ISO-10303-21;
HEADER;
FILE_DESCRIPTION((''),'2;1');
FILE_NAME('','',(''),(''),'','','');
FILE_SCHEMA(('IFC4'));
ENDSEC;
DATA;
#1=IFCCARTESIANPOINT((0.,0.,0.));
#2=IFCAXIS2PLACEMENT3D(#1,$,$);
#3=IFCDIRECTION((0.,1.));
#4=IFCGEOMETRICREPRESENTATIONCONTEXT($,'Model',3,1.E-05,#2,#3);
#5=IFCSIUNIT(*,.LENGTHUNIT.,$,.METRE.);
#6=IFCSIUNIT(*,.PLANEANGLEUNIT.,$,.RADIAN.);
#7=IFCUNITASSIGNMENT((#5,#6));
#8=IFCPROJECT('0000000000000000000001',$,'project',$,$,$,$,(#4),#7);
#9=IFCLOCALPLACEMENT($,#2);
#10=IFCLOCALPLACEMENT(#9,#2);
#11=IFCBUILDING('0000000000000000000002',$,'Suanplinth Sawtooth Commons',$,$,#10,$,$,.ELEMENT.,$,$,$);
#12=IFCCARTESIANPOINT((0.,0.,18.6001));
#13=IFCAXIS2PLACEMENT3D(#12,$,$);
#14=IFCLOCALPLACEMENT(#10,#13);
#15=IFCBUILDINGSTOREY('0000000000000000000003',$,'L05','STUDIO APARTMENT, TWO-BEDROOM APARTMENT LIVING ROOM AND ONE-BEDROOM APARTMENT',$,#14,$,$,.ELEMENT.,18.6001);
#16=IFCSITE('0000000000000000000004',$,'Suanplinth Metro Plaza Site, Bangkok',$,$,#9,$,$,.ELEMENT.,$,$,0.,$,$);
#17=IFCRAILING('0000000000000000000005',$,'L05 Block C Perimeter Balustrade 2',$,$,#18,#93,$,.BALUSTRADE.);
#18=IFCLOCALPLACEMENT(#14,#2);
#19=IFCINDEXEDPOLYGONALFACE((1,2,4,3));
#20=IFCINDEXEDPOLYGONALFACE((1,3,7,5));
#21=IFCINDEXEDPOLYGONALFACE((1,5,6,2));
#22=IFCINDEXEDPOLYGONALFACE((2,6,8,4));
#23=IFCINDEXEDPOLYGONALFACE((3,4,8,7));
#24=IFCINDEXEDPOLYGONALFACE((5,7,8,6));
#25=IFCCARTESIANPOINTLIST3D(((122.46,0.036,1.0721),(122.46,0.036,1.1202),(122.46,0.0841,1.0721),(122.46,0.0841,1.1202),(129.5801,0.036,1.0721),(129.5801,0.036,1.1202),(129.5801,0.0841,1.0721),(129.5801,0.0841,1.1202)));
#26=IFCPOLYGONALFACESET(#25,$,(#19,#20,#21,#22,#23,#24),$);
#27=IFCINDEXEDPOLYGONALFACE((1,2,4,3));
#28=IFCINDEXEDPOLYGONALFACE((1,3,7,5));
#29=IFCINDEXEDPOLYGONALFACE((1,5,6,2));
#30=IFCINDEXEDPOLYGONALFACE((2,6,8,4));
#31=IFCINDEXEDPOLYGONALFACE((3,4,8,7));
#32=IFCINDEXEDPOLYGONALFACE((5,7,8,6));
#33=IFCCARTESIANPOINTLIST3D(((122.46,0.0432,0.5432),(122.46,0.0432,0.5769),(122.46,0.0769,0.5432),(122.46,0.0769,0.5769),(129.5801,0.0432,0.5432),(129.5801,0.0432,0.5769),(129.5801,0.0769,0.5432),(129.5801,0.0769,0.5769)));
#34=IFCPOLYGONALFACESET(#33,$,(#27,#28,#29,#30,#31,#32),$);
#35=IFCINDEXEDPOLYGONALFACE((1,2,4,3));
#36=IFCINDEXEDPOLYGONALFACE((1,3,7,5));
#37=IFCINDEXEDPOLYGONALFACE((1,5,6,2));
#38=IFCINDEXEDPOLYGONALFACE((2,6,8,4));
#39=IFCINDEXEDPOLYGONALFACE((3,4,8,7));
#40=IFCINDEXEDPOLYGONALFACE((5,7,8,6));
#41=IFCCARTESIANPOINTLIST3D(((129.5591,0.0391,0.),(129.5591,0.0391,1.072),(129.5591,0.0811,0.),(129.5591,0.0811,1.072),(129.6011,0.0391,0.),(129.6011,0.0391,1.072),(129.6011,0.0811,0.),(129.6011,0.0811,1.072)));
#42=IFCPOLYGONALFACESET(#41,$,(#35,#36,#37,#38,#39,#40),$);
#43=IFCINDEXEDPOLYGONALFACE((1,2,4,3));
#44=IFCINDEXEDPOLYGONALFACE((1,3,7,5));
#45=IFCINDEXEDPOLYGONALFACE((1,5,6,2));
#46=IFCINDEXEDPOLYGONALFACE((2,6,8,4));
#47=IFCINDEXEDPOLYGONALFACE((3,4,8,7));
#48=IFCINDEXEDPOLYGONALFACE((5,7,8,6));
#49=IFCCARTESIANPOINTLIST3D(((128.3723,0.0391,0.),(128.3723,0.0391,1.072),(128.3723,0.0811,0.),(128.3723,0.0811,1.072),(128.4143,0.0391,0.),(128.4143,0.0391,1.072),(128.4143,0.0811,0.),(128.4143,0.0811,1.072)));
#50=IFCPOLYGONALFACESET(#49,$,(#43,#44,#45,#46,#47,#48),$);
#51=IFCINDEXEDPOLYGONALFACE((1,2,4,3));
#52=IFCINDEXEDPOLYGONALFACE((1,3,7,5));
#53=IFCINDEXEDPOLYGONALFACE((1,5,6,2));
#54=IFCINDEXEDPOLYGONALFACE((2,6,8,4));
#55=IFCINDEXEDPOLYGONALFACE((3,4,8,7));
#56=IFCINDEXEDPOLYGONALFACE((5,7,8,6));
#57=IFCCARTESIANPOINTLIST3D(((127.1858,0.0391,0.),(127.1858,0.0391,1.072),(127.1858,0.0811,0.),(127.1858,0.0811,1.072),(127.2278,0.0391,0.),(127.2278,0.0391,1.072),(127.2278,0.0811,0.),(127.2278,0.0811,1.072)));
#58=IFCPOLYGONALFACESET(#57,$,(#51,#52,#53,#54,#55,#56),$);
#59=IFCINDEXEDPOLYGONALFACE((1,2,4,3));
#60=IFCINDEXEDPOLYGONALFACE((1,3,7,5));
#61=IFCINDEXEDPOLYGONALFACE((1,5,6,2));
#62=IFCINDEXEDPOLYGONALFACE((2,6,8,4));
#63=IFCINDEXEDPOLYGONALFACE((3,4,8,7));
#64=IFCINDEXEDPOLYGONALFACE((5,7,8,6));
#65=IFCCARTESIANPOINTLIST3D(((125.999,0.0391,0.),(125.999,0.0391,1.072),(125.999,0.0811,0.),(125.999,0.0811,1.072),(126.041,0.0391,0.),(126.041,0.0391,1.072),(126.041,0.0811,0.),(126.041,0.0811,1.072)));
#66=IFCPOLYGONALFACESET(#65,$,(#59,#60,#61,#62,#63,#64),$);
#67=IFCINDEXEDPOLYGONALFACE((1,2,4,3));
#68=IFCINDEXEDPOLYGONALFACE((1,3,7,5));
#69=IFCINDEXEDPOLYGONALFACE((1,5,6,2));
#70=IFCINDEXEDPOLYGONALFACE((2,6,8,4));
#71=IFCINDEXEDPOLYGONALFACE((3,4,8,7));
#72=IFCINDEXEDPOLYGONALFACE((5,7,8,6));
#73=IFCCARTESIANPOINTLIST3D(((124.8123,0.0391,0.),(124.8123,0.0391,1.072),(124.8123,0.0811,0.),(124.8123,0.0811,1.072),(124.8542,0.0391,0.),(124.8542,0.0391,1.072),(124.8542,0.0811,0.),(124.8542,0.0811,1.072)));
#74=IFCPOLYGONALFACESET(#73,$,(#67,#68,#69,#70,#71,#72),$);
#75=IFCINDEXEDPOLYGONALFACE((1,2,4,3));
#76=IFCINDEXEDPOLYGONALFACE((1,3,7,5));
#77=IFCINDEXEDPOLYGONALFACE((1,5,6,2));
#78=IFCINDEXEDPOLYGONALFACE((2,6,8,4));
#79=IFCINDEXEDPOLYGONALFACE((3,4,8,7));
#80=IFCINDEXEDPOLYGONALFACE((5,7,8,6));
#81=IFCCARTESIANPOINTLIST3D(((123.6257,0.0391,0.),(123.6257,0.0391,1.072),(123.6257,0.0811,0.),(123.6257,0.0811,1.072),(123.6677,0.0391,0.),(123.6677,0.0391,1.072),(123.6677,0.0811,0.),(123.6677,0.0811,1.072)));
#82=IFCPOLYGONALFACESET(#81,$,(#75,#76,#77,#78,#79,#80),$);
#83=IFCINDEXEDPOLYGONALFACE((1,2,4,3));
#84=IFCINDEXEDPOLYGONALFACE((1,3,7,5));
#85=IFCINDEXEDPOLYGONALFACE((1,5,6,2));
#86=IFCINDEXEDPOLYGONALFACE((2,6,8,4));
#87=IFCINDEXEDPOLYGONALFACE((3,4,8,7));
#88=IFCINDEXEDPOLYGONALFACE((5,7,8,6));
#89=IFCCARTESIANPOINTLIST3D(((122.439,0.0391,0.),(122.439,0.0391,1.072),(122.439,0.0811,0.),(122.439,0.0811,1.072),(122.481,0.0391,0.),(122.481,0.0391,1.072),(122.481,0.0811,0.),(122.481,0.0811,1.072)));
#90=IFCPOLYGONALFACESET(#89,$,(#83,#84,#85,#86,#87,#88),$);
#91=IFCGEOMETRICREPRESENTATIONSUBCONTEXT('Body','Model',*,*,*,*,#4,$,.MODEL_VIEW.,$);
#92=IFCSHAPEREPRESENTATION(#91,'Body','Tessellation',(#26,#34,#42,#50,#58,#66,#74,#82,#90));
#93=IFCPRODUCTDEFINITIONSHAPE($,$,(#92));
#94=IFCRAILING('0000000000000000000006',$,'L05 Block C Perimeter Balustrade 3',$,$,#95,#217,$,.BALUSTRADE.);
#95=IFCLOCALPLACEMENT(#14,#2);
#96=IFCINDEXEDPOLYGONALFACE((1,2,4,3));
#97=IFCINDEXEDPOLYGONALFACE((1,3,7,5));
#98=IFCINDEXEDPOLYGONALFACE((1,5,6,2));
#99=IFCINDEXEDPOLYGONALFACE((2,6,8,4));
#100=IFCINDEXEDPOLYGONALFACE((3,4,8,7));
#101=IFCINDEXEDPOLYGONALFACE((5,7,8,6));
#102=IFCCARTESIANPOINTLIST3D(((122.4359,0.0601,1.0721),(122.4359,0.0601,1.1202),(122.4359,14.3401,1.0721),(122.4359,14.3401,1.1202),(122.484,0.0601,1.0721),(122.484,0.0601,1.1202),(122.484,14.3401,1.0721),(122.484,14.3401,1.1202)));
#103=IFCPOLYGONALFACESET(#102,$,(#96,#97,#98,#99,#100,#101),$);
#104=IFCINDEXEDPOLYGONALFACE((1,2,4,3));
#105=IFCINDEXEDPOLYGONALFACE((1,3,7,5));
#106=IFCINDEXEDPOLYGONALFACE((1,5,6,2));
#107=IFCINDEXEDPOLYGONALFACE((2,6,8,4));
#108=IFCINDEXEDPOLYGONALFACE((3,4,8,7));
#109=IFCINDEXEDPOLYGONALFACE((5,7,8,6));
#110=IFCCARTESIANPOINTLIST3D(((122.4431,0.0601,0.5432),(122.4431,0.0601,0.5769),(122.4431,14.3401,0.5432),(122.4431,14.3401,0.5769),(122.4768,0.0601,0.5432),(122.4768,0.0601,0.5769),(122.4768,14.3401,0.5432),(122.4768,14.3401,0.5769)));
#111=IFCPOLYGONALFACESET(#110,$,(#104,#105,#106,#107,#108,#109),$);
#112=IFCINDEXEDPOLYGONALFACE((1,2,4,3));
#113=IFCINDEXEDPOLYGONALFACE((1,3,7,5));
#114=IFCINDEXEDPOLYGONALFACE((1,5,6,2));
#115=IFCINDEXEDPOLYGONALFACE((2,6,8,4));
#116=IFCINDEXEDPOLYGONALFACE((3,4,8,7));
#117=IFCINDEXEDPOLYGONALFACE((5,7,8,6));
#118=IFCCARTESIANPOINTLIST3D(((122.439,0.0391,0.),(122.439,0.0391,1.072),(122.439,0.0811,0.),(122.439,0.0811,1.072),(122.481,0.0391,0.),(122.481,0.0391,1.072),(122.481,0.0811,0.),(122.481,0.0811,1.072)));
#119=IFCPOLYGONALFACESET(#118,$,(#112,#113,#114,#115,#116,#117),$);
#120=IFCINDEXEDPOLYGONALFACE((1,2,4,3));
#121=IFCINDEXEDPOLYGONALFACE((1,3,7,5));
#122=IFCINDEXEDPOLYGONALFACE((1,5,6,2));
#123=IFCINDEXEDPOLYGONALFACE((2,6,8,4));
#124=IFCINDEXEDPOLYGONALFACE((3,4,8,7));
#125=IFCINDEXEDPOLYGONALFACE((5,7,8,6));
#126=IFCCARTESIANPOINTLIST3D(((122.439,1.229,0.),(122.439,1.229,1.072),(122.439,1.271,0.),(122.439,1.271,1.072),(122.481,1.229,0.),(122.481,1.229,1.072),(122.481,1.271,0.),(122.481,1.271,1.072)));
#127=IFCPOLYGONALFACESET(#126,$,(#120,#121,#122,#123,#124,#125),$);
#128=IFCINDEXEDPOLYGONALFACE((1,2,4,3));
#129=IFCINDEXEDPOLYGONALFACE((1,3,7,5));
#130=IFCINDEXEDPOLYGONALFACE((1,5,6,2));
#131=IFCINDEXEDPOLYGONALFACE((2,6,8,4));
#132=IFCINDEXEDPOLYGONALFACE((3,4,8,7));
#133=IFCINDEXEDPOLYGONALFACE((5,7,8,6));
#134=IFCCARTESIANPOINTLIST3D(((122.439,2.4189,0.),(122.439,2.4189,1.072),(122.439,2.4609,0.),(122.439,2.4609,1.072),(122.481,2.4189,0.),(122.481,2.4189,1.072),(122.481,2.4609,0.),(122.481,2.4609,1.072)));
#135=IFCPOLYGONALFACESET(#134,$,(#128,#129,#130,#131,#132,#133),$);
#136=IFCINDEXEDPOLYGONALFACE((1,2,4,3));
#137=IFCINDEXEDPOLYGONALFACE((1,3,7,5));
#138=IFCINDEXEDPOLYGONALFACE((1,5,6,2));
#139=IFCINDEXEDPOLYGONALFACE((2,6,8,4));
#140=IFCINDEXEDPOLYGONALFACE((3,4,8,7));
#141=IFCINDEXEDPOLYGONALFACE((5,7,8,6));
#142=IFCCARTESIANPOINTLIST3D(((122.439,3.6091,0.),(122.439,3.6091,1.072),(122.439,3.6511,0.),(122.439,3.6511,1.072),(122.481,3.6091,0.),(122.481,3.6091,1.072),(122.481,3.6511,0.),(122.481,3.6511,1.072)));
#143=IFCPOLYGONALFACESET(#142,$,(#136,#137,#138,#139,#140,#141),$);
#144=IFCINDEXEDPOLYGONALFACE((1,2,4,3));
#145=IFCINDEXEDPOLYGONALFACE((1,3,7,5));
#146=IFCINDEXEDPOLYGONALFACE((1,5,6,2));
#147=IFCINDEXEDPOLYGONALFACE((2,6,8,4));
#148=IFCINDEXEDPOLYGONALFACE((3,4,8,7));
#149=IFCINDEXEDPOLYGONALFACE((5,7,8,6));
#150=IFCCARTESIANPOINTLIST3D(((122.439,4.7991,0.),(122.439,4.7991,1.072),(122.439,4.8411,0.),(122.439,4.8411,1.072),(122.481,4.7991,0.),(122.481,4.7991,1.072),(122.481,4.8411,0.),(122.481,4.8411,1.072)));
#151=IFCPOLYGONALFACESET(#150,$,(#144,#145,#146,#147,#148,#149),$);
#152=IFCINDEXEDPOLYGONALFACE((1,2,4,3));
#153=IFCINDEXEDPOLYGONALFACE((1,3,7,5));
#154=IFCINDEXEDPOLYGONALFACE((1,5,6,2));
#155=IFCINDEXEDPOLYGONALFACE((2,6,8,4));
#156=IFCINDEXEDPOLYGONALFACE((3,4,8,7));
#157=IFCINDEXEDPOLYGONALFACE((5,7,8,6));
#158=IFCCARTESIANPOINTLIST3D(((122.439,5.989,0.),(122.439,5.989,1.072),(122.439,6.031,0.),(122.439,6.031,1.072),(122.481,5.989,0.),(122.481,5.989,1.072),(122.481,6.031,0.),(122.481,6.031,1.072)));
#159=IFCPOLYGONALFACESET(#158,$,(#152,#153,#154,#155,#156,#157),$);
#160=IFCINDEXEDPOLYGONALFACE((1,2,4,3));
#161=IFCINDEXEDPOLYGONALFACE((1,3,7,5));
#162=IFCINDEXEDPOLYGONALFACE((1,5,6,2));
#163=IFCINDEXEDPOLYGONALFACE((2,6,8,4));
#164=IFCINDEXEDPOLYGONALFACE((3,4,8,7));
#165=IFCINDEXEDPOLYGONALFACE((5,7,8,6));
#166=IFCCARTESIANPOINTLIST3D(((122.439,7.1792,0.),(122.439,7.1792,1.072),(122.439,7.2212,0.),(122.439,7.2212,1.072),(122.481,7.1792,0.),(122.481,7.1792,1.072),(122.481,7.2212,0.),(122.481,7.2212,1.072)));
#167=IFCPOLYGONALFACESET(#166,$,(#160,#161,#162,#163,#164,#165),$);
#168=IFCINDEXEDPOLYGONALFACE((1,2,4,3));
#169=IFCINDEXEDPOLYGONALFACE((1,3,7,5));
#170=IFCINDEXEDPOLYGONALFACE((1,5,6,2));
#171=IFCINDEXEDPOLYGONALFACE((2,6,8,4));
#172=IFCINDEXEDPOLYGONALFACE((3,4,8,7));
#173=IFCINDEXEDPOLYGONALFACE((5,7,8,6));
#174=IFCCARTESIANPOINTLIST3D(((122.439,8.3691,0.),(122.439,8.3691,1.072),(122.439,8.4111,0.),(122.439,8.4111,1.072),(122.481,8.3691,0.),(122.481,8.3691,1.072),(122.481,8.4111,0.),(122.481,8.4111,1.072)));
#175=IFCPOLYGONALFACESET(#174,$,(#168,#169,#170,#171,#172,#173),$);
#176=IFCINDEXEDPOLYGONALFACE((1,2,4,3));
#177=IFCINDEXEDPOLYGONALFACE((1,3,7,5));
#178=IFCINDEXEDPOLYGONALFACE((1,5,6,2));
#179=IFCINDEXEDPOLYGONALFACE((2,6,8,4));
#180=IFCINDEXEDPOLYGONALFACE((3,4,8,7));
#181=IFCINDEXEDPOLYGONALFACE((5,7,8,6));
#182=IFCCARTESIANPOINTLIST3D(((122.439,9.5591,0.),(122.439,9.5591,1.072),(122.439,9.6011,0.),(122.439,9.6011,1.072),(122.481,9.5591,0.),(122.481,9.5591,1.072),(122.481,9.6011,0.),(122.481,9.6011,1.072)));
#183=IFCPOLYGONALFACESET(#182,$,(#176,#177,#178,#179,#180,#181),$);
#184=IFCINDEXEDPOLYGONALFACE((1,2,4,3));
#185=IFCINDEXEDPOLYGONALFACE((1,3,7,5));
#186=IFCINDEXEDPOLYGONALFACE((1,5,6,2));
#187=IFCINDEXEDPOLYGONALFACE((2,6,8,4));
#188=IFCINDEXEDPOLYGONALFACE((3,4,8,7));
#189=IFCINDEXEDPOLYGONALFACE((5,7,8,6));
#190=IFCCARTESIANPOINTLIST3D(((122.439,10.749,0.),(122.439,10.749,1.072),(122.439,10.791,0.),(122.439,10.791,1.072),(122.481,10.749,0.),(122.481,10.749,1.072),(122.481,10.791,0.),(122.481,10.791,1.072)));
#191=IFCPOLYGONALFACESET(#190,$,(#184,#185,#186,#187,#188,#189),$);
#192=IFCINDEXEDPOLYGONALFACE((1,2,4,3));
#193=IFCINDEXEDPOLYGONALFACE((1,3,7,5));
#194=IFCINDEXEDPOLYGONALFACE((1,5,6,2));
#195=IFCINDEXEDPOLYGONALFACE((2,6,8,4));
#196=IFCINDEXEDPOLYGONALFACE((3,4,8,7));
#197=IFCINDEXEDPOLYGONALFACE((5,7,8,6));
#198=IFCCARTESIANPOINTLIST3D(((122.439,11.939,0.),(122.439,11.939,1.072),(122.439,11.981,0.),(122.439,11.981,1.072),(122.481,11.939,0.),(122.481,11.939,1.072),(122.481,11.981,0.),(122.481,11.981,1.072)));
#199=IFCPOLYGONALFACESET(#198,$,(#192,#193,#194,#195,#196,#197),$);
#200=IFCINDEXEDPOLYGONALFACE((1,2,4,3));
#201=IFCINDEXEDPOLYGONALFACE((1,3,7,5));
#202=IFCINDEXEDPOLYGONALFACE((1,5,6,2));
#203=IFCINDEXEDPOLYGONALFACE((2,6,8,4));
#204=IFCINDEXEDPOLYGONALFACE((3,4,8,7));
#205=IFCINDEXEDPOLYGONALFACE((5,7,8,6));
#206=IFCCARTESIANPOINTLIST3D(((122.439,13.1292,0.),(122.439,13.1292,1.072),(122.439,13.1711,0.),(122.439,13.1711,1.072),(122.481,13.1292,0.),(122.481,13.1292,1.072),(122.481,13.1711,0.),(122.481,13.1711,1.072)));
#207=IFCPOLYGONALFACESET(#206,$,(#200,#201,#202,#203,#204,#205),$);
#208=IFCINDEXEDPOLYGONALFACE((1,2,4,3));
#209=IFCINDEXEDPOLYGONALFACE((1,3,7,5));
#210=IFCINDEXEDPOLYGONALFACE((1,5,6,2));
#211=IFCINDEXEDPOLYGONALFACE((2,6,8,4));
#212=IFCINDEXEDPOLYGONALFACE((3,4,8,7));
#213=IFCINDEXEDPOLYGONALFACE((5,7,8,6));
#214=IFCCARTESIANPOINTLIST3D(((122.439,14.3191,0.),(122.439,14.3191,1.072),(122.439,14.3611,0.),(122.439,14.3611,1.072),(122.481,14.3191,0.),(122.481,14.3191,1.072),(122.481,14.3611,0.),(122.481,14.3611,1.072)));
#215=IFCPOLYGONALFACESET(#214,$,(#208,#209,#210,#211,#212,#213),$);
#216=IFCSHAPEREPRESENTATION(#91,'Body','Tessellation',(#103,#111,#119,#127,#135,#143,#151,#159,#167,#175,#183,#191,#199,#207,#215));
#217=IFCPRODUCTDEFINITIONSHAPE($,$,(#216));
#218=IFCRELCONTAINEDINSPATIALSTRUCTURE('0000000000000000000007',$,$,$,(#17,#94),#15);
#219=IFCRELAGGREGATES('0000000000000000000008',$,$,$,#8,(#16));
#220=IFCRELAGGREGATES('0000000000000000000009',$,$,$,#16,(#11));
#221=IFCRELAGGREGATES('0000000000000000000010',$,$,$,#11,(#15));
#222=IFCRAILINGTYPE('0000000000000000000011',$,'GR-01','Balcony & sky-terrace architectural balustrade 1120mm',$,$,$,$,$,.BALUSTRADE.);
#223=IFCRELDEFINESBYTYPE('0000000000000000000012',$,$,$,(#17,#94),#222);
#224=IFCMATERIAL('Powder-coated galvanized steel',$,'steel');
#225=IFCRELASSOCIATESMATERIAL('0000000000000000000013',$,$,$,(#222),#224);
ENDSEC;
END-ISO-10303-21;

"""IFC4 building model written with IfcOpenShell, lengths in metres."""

from ifc_helpers import new_model, si_unit, direction, frame, origin, origin_2d, place, context, subcontext, project, spatial, rectangle, extrude, material, type_object, element, save


model = new_model("IFC4")

# Units and contexts
model_context = context("Model", 3, precision=1e-05, world=origin(), true_north=direction((0.0, 1.0)))
body_context = subcontext(model_context, "Body", "Model", "MODEL_VIEW")
ifc_project = project(units=[si_unit("LENGTHUNIT", "METRE"), si_unit("PLANEANGLEUNIT", "RADIAN")], contexts=[model_context])

# Site, building, storey
site_placement = place(None, origin())
site = spatial("IfcSite", under=ifc_project, at=site_placement, Name="Suanplinth Metro Plaza Site, Bangkok", CompositionType="ELEMENT", RefElevation=0.0)
building_placement = place(site_placement, origin())
building = spatial("IfcBuilding", under=site, at=building_placement, Name="Suanplinth Sawtooth Commons", CompositionType="ELEMENT")
storey_placement = place(building_placement, frame((0.0, 0.0, 18.6001)))
storey = spatial("IfcBuildingStorey", under=building, at=storey_placement, Name="L05", Description="STUDIO APARTMENT, TWO-BEDROOM APARTMENT LIVING ROOM AND ONE-BEDROOM APARTMENT", CompositionType="ELEMENT", Elevation=18.6001)

# Railings
ifc_material_1 = material(Name="Powder-coated galvanized steel", Category="steel")
railing_type = type_object("IfcRailingType", Name="GR-01", Description="Balcony & sky-terrace architectural balustrade 1120mm", PredefinedType="BALUSTRADE", material=ifc_material_1)
railing_1_placement = place(storey_placement, frame((129.5801, 0.0601, 0.0)))
element("IfcRailing", 1, at=railing_1_placement, inside=storey, type_object=railing_type, Name="L05 Block C Perimeter Balustrade 2", PredefinedType="BALUSTRADE", context=body_context, shape_type="SweptSolid", body=[
    extrude(rectangle(XDim=0.0481, YDim=0.0481, at=origin_2d()), frame((0.0, 0.0, 1.0962), z_axis=(-1.0, 0.0, 0.0), x_axis=(0.0, -1.0, 0.0)), (0.0, 0.0, 1.0), 7.1201),
    extrude(rectangle(XDim=0.0337, YDim=0.0337, at=origin_2d()), frame((0.0, 0.0, 0.5601), z_axis=(-1.0, 0.0, 0.0), x_axis=(0.0, -1.0, 0.0)), (0.0, 0.0, 1.0), 7.1201),
    extrude(rectangle(XDim=0.042, YDim=0.042, at=origin_2d()), origin(), (0.0, 0.0, 1.0), 1.072),
    extrude(rectangle(XDim=0.042, YDim=0.042, at=origin_2d()), frame((-1.1868, 0.0, 0.0)), (0.0, 0.0, 1.0), 1.072),
    extrude(rectangle(XDim=0.042, YDim=0.042, at=origin_2d()), frame((-2.3733, 0.0, 0.0)), (0.0, 0.0, 1.0), 1.072),
    extrude(rectangle(XDim=0.042, YDim=0.042, at=origin_2d()), frame((-3.5601, 0.0, 0.0)), (0.0, 0.0, 1.0), 1.072),
    extrude(rectangle(XDim=0.042, YDim=0.042, at=origin_2d()), frame((-4.7468, 0.0, 0.0)), (0.0, 0.0, 1.0), 1.072),
    extrude(rectangle(XDim=0.042, YDim=0.042, at=origin_2d()), frame((-5.9333, 0.0, 0.0)), (0.0, 0.0, 1.0), 1.072),
    extrude(rectangle(XDim=0.042, YDim=0.042, at=origin_2d()), frame((-7.1201, 0.0, 0.0)), (0.0, 0.0, 1.0), 1.072),
])
railing_2_placement = place(storey_placement, frame((122.46, 0.0601, 0.0)))
element("IfcRailing", 2, at=railing_2_placement, inside=storey, type_object=railing_type, Name="L05 Block C Perimeter Balustrade 3", PredefinedType="BALUSTRADE", context=body_context, shape_type="SweptSolid", body=[
    extrude(rectangle(XDim=0.0481, YDim=0.0481, at=origin_2d()), frame((0.0, 0.0, 1.0962), z_axis=(0.0, 1.0, 0.0), x_axis=(-1.0, 0.0, 0.0)), (0.0, 0.0, 1.0), 14.28),
    extrude(rectangle(XDim=0.0337, YDim=0.0337, at=origin_2d()), frame((0.0, 0.0, 0.5601), z_axis=(0.0, 1.0, 0.0), x_axis=(-1.0, 0.0, 0.0)), (0.0, 0.0, 1.0), 14.28),
    extrude(rectangle(XDim=0.042, YDim=0.042, at=origin_2d()), origin(), (0.0, 0.0, 1.0), 1.072),
    extrude(rectangle(XDim=0.042, YDim=0.042, at=origin_2d()), frame((0.0, 1.1899, 0.0)), (0.0, 0.0, 1.0), 1.072),
    extrude(rectangle(XDim=0.042, YDim=0.042, at=origin_2d()), frame((0.0, 2.3799, 0.0)), (0.0, 0.0, 1.0), 1.072),
    extrude(rectangle(XDim=0.042, YDim=0.042, at=origin_2d()), frame((0.0, 3.5701, 0.0)), (0.0, 0.0, 1.0), 1.072),
    extrude(rectangle(XDim=0.042, YDim=0.042, at=origin_2d()), frame((0.0, 4.76, 0.0)), (0.0, 0.0, 1.0), 1.072),
    extrude(rectangle(XDim=0.042, YDim=0.042, at=origin_2d()), frame((0.0, 5.95, 0.0)), (0.0, 0.0, 1.0), 1.072),
    extrude(rectangle(XDim=0.042, YDim=0.042, at=origin_2d()), frame((0.0, 7.1401, 0.0)), (0.0, 0.0, 1.0), 1.072),
    extrude(rectangle(XDim=0.042, YDim=0.042, at=origin_2d()), frame((0.0, 8.3301, 0.0)), (0.0, 0.0, 1.0), 1.072),
    extrude(rectangle(XDim=0.042, YDim=0.042, at=origin_2d()), frame((0.0, 9.52, 0.0)), (0.0, 0.0, 1.0), 1.072),
    extrude(rectangle(XDim=0.042, YDim=0.042, at=origin_2d()), frame((0.0, 10.71, 0.0)), (0.0, 0.0, 1.0), 1.072),
    extrude(rectangle(XDim=0.042, YDim=0.042, at=origin_2d()), frame((0.0, 11.8999, 0.0)), (0.0, 0.0, 1.0), 1.072),
    extrude(rectangle(XDim=0.042, YDim=0.042, at=origin_2d()), frame((0.0, 13.0901, 0.0)), (0.0, 0.0, 1.0), 1.072),
    extrude(rectangle(XDim=0.042, YDim=0.042, at=origin_2d()), frame((0.0, 14.28, 0.0)), (0.0, 0.0, 1.0), 1.072),
])

save(model, "model.ifc")
